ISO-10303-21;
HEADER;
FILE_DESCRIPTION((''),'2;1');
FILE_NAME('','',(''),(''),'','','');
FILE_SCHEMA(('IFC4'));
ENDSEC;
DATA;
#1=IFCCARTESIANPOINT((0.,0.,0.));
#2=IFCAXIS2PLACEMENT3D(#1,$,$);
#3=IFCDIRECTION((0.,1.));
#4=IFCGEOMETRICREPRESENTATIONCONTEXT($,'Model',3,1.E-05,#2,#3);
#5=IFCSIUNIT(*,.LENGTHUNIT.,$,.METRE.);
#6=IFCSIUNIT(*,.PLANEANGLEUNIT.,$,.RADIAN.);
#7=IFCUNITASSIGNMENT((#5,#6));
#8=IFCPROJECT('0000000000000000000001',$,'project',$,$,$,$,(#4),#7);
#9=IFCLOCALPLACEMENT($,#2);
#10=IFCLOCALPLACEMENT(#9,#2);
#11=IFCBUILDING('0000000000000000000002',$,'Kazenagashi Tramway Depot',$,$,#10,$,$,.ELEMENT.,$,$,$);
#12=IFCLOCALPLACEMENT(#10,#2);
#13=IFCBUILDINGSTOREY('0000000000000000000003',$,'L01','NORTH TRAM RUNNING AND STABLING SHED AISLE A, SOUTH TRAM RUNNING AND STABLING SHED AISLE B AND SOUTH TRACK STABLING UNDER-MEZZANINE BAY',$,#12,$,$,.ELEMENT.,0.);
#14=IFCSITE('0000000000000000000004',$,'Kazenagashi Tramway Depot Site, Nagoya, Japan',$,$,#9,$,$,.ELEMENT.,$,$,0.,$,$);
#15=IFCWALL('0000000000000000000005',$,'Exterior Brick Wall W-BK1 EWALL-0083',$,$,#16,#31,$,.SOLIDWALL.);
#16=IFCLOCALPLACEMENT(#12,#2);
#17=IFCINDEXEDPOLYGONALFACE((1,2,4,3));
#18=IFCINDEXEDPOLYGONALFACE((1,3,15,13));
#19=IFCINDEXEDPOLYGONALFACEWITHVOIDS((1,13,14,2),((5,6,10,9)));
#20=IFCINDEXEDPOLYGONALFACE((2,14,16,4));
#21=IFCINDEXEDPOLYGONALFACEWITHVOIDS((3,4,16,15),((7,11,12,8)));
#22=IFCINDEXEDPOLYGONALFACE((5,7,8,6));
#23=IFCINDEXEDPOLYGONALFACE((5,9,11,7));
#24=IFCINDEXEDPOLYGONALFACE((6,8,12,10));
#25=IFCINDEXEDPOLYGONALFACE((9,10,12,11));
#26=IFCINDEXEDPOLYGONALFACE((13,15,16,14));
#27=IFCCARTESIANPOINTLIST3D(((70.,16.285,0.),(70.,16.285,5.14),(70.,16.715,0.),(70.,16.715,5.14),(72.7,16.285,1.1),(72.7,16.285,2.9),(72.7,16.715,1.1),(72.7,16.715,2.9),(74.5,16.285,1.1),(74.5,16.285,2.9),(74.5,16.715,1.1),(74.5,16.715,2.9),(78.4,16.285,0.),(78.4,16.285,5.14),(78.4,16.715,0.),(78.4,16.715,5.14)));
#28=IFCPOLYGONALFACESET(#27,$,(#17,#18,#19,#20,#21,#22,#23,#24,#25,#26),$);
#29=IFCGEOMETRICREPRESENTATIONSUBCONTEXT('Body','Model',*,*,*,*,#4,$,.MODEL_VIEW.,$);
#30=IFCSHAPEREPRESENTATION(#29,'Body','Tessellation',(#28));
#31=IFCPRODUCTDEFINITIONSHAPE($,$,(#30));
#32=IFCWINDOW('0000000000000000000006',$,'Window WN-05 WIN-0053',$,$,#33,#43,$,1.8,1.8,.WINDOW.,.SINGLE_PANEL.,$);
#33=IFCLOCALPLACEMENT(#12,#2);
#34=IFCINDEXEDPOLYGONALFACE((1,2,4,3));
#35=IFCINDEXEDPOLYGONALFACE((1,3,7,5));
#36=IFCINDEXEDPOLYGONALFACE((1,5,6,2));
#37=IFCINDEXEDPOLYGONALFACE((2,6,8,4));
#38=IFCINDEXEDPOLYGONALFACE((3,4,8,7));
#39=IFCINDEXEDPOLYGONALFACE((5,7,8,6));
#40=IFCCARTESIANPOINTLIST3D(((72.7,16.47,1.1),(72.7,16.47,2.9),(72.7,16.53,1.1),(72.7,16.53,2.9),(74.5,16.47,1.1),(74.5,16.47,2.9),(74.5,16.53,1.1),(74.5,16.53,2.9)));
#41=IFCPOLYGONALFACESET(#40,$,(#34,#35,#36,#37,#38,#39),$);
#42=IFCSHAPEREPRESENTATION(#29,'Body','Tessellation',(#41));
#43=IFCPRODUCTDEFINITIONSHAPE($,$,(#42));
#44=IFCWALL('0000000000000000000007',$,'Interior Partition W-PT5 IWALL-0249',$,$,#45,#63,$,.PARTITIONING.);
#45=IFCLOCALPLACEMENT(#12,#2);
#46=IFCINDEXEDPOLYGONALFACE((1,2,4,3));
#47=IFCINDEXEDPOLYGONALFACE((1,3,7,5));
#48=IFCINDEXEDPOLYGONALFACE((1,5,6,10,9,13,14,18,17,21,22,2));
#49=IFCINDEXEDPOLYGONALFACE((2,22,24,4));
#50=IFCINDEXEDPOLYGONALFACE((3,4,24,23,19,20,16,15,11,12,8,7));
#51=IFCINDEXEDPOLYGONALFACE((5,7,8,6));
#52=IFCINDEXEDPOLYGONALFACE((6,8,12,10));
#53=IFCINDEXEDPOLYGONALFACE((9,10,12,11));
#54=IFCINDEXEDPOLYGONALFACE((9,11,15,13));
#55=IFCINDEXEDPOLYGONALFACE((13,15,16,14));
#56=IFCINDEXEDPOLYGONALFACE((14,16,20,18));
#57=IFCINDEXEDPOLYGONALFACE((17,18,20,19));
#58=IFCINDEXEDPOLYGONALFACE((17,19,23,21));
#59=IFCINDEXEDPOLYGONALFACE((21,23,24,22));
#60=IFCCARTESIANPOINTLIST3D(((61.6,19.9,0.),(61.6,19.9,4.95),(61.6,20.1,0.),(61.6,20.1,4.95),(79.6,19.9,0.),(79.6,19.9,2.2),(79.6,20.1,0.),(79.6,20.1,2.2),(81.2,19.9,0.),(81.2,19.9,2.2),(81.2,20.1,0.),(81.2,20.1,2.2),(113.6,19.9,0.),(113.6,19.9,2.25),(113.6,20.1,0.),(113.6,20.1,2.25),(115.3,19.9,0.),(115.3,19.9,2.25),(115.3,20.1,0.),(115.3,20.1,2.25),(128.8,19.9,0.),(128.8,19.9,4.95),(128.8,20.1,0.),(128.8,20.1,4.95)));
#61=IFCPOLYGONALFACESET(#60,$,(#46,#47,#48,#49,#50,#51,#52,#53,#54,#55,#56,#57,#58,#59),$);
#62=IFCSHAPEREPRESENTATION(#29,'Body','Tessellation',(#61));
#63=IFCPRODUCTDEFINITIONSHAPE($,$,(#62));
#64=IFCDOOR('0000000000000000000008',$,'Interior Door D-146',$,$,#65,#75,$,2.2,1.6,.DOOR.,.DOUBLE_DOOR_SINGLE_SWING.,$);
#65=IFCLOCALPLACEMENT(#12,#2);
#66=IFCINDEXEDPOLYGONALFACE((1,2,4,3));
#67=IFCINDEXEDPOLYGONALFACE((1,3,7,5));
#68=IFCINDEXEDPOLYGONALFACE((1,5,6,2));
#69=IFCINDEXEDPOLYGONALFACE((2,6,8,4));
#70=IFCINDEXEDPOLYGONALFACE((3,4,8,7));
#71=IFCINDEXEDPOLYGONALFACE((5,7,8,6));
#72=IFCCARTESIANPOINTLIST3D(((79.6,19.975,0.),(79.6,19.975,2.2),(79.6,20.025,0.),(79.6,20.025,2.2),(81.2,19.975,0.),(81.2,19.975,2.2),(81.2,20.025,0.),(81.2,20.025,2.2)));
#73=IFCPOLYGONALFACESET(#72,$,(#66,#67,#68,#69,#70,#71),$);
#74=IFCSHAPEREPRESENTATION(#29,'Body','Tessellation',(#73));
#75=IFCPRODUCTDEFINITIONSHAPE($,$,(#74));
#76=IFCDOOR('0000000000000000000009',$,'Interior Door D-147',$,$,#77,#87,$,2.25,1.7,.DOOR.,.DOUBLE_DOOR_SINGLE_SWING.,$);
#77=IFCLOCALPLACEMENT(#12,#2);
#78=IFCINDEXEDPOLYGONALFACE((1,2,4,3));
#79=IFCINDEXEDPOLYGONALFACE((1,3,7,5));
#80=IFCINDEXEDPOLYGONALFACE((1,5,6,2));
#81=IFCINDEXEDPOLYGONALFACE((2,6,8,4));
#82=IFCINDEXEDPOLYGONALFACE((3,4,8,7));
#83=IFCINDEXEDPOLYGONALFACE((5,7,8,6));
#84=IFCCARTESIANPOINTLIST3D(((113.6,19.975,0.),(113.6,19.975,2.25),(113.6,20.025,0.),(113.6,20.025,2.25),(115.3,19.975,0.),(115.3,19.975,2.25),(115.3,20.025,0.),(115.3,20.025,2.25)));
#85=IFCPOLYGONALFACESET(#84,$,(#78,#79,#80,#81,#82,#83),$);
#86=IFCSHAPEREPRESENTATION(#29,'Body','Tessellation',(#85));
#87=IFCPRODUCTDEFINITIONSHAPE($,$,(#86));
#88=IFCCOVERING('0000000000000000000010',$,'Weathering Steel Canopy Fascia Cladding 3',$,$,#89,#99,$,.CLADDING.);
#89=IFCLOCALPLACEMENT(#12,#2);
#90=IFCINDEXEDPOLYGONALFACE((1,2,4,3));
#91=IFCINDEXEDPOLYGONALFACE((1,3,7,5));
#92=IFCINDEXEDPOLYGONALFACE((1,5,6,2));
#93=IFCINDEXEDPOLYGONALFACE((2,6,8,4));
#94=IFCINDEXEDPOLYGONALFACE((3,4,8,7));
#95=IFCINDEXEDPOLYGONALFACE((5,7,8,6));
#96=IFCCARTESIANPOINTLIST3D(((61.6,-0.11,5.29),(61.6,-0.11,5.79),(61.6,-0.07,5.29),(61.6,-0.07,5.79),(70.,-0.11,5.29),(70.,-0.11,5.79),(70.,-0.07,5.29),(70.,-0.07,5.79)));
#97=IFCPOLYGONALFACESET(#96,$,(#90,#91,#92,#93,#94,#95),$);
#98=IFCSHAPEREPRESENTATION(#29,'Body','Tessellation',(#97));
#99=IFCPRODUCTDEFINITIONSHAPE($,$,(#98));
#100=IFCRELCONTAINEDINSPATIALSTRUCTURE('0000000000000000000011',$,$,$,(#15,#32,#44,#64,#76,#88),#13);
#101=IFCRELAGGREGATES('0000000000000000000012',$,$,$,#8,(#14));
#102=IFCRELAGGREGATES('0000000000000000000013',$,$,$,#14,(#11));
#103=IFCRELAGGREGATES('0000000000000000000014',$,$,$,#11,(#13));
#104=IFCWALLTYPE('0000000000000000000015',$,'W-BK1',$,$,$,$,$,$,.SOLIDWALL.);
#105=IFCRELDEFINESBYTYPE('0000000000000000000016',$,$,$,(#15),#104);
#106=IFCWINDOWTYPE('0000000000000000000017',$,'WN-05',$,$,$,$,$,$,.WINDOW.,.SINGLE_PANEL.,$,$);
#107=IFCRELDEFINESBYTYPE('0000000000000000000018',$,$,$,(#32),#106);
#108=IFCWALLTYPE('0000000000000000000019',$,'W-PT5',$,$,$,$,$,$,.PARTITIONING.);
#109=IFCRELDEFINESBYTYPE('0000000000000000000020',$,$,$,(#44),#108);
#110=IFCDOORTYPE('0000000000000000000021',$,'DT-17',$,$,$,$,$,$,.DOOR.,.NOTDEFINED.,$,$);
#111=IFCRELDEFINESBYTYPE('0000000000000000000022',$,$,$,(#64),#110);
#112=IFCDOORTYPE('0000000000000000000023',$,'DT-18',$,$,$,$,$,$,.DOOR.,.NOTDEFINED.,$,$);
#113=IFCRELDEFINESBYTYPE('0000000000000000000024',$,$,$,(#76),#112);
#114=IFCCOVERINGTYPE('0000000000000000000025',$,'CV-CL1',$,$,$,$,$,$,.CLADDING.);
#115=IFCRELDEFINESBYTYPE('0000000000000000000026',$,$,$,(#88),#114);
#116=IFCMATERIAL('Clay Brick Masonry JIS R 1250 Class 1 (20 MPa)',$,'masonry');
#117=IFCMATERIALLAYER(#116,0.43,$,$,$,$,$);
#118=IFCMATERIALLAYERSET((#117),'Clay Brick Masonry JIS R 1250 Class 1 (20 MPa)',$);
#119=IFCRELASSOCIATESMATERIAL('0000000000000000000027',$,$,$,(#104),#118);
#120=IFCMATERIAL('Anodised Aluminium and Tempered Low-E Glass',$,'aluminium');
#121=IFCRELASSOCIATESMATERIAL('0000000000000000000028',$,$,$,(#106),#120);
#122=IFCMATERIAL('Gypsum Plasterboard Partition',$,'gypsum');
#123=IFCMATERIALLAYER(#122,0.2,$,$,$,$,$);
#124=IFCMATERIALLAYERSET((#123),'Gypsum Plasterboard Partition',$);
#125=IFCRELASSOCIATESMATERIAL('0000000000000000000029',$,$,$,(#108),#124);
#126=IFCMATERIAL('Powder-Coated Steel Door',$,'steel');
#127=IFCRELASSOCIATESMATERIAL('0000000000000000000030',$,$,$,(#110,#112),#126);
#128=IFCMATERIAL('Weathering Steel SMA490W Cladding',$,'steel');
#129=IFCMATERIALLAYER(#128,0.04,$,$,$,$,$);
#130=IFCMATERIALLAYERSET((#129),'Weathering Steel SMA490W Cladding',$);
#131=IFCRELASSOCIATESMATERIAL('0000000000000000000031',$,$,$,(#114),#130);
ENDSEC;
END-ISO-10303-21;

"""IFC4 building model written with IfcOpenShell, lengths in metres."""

from ifc_helpers import new_model, si_unit, direction, frame, frame_2d, origin, origin_2d, place, context, subcontext, project, spatial, rectangle, extrude, material, layer, layer_set, type_object, element, fill, save


model = new_model("IFC4")

# Units and contexts
model_context = context("Model", 3, precision=1e-05, world=origin(), true_north=direction((0.0, 1.0)))
body_context = subcontext(model_context, "Body", "Model", "MODEL_VIEW")
ifc_project = project(units=[si_unit("LENGTHUNIT", "METRE"), si_unit("PLANEANGLEUNIT", "RADIAN")], contexts=[model_context])

# Site, building, storey
site_placement = place(None, origin())
site = spatial("IfcSite", under=ifc_project, at=site_placement, Name="Kazenagashi Tramway Depot Site, Nagoya, Japan", CompositionType="ELEMENT", RefElevation=0.0)
building_placement = place(site_placement, origin())
building = spatial("IfcBuilding", under=site, at=building_placement, Name="Kazenagashi Tramway Depot", CompositionType="ELEMENT")
storey_placement = place(building_placement, origin())
storey = spatial("IfcBuildingStorey", under=building, at=storey_placement, Name="L01", Description="NORTH TRAM RUNNING AND STABLING SHED AISLE A, SOUTH TRAM RUNNING AND STABLING SHED AISLE B AND SOUTH TRACK STABLING UNDER-MEZZANINE BAY", CompositionType="ELEMENT", Elevation=0.0)

# Shared definitions
ifc_material_1 = material(Name="Clay Brick Masonry JIS R 1250 Class 1 (20 MPa)", Category="masonry")
ifc_layer_1 = layer(ifc_material_1, 0.43)
ifc_layer_set_1 = layer_set([ifc_layer_1], Name="Clay Brick Masonry JIS R 1250 Class 1 (20 MPa)")
wall_type_1 = type_object("IfcWallType", Name="W-BK1", PredefinedType="SOLIDWALL", material=ifc_layer_set_1)

# Wall, opening, window
wall_1_placement = place(storey_placement, frame((70.0, 16.5, 0.0), z_axis=(0.0, 0.0, 1.0), x_axis=(1.0, 0.0, 0.0)))
wall_1 = element("IfcWall", 1, at=wall_1_placement, inside=storey, type_object=wall_type_1, Name="Exterior Brick Wall W-BK1 EWALL-0083", PredefinedType="SOLIDWALL", context=body_context, shape_type="SweptSolid", body=[
    extrude(rectangle(XDim=8.4, YDim=0.43, at=frame_2d((4.2, 0.0))), origin(), (0.0, 0.0, 1.0), 5.14),
])
opening_1_placement = place(wall_1_placement, frame((2.7, 0.0, 1.1)))
opening_1 = element("IfcOpeningElement", 2, at=opening_1_placement, cuts=wall_1, PredefinedType="OPENING", context=body_context, shape_type="SweptSolid", body=[
    extrude(rectangle(XDim=1.8, YDim=1.8, at=frame_2d((0.9, 0.9))), frame((0.0, 0.225, 0.0), z_axis=(0.0, -1.0, 0.0), x_axis=(1.0, 0.0, 0.0)), (0.0, 0.0, 1.0), 0.45),
])
ifc_material_2 = material(Name="Anodised Aluminium and Tempered Low-E Glass", Category="aluminium")
window_type = type_object("IfcWindowType", Name="WN-05", PartitioningType="SINGLE_PANEL", PredefinedType="WINDOW", material=ifc_material_2)
window_placement = place(opening_1_placement, origin())
window = element("IfcWindow", 3, at=window_placement, inside=storey, type_object=window_type, Name="Window WN-05 WIN-0053", OverallHeight=1.8, OverallWidth=1.8, PartitioningType="SINGLE_PANEL", PredefinedType="WINDOW", context=body_context, shape_type="SweptSolid", body=[
    extrude(rectangle(XDim=1.8, YDim=1.8, at=frame_2d((0.9, 0.9))), frame((0.0, 0.03, 0.0), z_axis=(0.0, -1.0, 0.0), x_axis=(1.0, 0.0, 0.0)), (0.0, 0.0, 1.0), 0.06),
])
fill(opening_1, window)

# Wall, openings, doors
ifc_material_3 = material(Name="Gypsum Plasterboard Partition", Category="gypsum")
ifc_layer_2 = layer(ifc_material_3, 0.2)
ifc_layer_set_2 = layer_set([ifc_layer_2], Name="Gypsum Plasterboard Partition")
wall_type_2 = type_object("IfcWallType", Name="W-PT5", PredefinedType="PARTITIONING", material=ifc_layer_set_2)
wall_2_placement = place(storey_placement, frame((61.6, 20.0, 0.0), z_axis=(0.0, 0.0, 1.0), x_axis=(1.0, 0.0, 0.0)))
wall_2 = element("IfcWall", 4, at=wall_2_placement, inside=storey, type_object=wall_type_2, Name="Interior Partition W-PT5 IWALL-0249", PredefinedType="PARTITIONING", context=body_context, shape_type="SweptSolid", body=[
    extrude(rectangle(XDim=67.2, YDim=0.2, at=frame_2d((33.6, 0.0))), origin(), (0.0, 0.0, 1.0), 4.95),
])
opening_2_placement = place(wall_2_placement, frame((18.0, 0.0, 0.0)))
opening_2 = element("IfcOpeningElement", 5, at=opening_2_placement, cuts=wall_2, PredefinedType="OPENING", context=body_context, shape_type="SweptSolid", body=[
    extrude(rectangle(XDim=1.6, YDim=2.2, at=frame_2d((0.8, 1.1))), frame((0.0, 0.11, 0.0), z_axis=(0.0, -1.0, 0.0), x_axis=(1.0, 0.0, 0.0)), (0.0, 0.0, 1.0), 0.22),
])
opening_3_placement = place(wall_2_placement, frame((52.0, 0.0, 0.0)))
opening_3 = element("IfcOpeningElement", 6, at=opening_3_placement, cuts=wall_2, PredefinedType="OPENING", context=body_context, shape_type="SweptSolid", body=[
    extrude(rectangle(XDim=1.7, YDim=2.25, at=frame_2d((0.85, 1.125))), frame((0.0, 0.11, 0.0), z_axis=(0.0, -1.0, 0.0), x_axis=(1.0, 0.0, 0.0)), (0.0, 0.0, 1.0), 0.22),
])
ifc_material_4 = material(Name="Powder-Coated Steel Door", Category="steel")
door_type_1 = type_object("IfcDoorType", Name="DT-17", OperationType="NOTDEFINED", PredefinedType="DOOR", material=ifc_material_4)
door_1_placement = place(opening_2_placement, origin())
door_1 = element("IfcDoor", 7, at=door_1_placement, inside=storey, type_object=door_type_1, Name="Interior Door D-146", OperationType="DOUBLE_DOOR_SINGLE_SWING", OverallHeight=2.2, OverallWidth=1.6, PredefinedType="DOOR", context=body_context, shape_type="SweptSolid", body=[
    extrude(rectangle(XDim=1.6, YDim=2.2, at=frame_2d((0.8, 1.1))), frame((0.0, 0.025, 0.0), z_axis=(0.0, -1.0, 0.0), x_axis=(1.0, 0.0, 0.0)), (0.0, 0.0, 1.0), 0.05),
])
fill(opening_2, door_1)
door_type_2 = type_object("IfcDoorType", Name="DT-18", OperationType="NOTDEFINED", PredefinedType="DOOR", material=ifc_material_4)
door_2_placement = place(opening_3_placement, origin())
door_2 = element("IfcDoor", 8, at=door_2_placement, inside=storey, type_object=door_type_2, Name="Interior Door D-147", OperationType="DOUBLE_DOOR_SINGLE_SWING", OverallHeight=2.25, OverallWidth=1.7, PredefinedType="DOOR", context=body_context, shape_type="SweptSolid", body=[
    extrude(rectangle(XDim=1.7, YDim=2.25, at=frame_2d((0.85, 1.125))), frame((0.0, 0.025, 0.0), z_axis=(0.0, -1.0, 0.0), x_axis=(1.0, 0.0, 0.0)), (0.0, 0.0, 1.0), 0.05),
])
fill(opening_3, door_2)

# Covering
ifc_material_5 = material(Name="Weathering Steel SMA490W Cladding", Category="steel")
ifc_layer_3 = layer(ifc_material_5, 0.04)
ifc_layer_set_3 = layer_set([ifc_layer_3], Name="Weathering Steel SMA490W Cladding")
covering_type = type_object("IfcCoveringType", Name="CV-CL1", PredefinedType="CLADDING", material=ifc_layer_set_3)
covering_placement = place(storey_placement, frame((65.8, -0.09, 5.29), z_axis=(0.0, 0.0, 1.0), x_axis=(1.0, 0.0, 0.0)))
element("IfcCovering", 9, at=covering_placement, inside=storey, type_object=covering_type, Name="Weathering Steel Canopy Fascia Cladding 3", PredefinedType="CLADDING", context=body_context, shape_type="SweptSolid", body=[
    extrude(rectangle(XDim=8.4, YDim=0.04, at=origin_2d()), origin(), (0.0, 0.0, 1.0), 0.5),
])

save(model, "model.ifc")
